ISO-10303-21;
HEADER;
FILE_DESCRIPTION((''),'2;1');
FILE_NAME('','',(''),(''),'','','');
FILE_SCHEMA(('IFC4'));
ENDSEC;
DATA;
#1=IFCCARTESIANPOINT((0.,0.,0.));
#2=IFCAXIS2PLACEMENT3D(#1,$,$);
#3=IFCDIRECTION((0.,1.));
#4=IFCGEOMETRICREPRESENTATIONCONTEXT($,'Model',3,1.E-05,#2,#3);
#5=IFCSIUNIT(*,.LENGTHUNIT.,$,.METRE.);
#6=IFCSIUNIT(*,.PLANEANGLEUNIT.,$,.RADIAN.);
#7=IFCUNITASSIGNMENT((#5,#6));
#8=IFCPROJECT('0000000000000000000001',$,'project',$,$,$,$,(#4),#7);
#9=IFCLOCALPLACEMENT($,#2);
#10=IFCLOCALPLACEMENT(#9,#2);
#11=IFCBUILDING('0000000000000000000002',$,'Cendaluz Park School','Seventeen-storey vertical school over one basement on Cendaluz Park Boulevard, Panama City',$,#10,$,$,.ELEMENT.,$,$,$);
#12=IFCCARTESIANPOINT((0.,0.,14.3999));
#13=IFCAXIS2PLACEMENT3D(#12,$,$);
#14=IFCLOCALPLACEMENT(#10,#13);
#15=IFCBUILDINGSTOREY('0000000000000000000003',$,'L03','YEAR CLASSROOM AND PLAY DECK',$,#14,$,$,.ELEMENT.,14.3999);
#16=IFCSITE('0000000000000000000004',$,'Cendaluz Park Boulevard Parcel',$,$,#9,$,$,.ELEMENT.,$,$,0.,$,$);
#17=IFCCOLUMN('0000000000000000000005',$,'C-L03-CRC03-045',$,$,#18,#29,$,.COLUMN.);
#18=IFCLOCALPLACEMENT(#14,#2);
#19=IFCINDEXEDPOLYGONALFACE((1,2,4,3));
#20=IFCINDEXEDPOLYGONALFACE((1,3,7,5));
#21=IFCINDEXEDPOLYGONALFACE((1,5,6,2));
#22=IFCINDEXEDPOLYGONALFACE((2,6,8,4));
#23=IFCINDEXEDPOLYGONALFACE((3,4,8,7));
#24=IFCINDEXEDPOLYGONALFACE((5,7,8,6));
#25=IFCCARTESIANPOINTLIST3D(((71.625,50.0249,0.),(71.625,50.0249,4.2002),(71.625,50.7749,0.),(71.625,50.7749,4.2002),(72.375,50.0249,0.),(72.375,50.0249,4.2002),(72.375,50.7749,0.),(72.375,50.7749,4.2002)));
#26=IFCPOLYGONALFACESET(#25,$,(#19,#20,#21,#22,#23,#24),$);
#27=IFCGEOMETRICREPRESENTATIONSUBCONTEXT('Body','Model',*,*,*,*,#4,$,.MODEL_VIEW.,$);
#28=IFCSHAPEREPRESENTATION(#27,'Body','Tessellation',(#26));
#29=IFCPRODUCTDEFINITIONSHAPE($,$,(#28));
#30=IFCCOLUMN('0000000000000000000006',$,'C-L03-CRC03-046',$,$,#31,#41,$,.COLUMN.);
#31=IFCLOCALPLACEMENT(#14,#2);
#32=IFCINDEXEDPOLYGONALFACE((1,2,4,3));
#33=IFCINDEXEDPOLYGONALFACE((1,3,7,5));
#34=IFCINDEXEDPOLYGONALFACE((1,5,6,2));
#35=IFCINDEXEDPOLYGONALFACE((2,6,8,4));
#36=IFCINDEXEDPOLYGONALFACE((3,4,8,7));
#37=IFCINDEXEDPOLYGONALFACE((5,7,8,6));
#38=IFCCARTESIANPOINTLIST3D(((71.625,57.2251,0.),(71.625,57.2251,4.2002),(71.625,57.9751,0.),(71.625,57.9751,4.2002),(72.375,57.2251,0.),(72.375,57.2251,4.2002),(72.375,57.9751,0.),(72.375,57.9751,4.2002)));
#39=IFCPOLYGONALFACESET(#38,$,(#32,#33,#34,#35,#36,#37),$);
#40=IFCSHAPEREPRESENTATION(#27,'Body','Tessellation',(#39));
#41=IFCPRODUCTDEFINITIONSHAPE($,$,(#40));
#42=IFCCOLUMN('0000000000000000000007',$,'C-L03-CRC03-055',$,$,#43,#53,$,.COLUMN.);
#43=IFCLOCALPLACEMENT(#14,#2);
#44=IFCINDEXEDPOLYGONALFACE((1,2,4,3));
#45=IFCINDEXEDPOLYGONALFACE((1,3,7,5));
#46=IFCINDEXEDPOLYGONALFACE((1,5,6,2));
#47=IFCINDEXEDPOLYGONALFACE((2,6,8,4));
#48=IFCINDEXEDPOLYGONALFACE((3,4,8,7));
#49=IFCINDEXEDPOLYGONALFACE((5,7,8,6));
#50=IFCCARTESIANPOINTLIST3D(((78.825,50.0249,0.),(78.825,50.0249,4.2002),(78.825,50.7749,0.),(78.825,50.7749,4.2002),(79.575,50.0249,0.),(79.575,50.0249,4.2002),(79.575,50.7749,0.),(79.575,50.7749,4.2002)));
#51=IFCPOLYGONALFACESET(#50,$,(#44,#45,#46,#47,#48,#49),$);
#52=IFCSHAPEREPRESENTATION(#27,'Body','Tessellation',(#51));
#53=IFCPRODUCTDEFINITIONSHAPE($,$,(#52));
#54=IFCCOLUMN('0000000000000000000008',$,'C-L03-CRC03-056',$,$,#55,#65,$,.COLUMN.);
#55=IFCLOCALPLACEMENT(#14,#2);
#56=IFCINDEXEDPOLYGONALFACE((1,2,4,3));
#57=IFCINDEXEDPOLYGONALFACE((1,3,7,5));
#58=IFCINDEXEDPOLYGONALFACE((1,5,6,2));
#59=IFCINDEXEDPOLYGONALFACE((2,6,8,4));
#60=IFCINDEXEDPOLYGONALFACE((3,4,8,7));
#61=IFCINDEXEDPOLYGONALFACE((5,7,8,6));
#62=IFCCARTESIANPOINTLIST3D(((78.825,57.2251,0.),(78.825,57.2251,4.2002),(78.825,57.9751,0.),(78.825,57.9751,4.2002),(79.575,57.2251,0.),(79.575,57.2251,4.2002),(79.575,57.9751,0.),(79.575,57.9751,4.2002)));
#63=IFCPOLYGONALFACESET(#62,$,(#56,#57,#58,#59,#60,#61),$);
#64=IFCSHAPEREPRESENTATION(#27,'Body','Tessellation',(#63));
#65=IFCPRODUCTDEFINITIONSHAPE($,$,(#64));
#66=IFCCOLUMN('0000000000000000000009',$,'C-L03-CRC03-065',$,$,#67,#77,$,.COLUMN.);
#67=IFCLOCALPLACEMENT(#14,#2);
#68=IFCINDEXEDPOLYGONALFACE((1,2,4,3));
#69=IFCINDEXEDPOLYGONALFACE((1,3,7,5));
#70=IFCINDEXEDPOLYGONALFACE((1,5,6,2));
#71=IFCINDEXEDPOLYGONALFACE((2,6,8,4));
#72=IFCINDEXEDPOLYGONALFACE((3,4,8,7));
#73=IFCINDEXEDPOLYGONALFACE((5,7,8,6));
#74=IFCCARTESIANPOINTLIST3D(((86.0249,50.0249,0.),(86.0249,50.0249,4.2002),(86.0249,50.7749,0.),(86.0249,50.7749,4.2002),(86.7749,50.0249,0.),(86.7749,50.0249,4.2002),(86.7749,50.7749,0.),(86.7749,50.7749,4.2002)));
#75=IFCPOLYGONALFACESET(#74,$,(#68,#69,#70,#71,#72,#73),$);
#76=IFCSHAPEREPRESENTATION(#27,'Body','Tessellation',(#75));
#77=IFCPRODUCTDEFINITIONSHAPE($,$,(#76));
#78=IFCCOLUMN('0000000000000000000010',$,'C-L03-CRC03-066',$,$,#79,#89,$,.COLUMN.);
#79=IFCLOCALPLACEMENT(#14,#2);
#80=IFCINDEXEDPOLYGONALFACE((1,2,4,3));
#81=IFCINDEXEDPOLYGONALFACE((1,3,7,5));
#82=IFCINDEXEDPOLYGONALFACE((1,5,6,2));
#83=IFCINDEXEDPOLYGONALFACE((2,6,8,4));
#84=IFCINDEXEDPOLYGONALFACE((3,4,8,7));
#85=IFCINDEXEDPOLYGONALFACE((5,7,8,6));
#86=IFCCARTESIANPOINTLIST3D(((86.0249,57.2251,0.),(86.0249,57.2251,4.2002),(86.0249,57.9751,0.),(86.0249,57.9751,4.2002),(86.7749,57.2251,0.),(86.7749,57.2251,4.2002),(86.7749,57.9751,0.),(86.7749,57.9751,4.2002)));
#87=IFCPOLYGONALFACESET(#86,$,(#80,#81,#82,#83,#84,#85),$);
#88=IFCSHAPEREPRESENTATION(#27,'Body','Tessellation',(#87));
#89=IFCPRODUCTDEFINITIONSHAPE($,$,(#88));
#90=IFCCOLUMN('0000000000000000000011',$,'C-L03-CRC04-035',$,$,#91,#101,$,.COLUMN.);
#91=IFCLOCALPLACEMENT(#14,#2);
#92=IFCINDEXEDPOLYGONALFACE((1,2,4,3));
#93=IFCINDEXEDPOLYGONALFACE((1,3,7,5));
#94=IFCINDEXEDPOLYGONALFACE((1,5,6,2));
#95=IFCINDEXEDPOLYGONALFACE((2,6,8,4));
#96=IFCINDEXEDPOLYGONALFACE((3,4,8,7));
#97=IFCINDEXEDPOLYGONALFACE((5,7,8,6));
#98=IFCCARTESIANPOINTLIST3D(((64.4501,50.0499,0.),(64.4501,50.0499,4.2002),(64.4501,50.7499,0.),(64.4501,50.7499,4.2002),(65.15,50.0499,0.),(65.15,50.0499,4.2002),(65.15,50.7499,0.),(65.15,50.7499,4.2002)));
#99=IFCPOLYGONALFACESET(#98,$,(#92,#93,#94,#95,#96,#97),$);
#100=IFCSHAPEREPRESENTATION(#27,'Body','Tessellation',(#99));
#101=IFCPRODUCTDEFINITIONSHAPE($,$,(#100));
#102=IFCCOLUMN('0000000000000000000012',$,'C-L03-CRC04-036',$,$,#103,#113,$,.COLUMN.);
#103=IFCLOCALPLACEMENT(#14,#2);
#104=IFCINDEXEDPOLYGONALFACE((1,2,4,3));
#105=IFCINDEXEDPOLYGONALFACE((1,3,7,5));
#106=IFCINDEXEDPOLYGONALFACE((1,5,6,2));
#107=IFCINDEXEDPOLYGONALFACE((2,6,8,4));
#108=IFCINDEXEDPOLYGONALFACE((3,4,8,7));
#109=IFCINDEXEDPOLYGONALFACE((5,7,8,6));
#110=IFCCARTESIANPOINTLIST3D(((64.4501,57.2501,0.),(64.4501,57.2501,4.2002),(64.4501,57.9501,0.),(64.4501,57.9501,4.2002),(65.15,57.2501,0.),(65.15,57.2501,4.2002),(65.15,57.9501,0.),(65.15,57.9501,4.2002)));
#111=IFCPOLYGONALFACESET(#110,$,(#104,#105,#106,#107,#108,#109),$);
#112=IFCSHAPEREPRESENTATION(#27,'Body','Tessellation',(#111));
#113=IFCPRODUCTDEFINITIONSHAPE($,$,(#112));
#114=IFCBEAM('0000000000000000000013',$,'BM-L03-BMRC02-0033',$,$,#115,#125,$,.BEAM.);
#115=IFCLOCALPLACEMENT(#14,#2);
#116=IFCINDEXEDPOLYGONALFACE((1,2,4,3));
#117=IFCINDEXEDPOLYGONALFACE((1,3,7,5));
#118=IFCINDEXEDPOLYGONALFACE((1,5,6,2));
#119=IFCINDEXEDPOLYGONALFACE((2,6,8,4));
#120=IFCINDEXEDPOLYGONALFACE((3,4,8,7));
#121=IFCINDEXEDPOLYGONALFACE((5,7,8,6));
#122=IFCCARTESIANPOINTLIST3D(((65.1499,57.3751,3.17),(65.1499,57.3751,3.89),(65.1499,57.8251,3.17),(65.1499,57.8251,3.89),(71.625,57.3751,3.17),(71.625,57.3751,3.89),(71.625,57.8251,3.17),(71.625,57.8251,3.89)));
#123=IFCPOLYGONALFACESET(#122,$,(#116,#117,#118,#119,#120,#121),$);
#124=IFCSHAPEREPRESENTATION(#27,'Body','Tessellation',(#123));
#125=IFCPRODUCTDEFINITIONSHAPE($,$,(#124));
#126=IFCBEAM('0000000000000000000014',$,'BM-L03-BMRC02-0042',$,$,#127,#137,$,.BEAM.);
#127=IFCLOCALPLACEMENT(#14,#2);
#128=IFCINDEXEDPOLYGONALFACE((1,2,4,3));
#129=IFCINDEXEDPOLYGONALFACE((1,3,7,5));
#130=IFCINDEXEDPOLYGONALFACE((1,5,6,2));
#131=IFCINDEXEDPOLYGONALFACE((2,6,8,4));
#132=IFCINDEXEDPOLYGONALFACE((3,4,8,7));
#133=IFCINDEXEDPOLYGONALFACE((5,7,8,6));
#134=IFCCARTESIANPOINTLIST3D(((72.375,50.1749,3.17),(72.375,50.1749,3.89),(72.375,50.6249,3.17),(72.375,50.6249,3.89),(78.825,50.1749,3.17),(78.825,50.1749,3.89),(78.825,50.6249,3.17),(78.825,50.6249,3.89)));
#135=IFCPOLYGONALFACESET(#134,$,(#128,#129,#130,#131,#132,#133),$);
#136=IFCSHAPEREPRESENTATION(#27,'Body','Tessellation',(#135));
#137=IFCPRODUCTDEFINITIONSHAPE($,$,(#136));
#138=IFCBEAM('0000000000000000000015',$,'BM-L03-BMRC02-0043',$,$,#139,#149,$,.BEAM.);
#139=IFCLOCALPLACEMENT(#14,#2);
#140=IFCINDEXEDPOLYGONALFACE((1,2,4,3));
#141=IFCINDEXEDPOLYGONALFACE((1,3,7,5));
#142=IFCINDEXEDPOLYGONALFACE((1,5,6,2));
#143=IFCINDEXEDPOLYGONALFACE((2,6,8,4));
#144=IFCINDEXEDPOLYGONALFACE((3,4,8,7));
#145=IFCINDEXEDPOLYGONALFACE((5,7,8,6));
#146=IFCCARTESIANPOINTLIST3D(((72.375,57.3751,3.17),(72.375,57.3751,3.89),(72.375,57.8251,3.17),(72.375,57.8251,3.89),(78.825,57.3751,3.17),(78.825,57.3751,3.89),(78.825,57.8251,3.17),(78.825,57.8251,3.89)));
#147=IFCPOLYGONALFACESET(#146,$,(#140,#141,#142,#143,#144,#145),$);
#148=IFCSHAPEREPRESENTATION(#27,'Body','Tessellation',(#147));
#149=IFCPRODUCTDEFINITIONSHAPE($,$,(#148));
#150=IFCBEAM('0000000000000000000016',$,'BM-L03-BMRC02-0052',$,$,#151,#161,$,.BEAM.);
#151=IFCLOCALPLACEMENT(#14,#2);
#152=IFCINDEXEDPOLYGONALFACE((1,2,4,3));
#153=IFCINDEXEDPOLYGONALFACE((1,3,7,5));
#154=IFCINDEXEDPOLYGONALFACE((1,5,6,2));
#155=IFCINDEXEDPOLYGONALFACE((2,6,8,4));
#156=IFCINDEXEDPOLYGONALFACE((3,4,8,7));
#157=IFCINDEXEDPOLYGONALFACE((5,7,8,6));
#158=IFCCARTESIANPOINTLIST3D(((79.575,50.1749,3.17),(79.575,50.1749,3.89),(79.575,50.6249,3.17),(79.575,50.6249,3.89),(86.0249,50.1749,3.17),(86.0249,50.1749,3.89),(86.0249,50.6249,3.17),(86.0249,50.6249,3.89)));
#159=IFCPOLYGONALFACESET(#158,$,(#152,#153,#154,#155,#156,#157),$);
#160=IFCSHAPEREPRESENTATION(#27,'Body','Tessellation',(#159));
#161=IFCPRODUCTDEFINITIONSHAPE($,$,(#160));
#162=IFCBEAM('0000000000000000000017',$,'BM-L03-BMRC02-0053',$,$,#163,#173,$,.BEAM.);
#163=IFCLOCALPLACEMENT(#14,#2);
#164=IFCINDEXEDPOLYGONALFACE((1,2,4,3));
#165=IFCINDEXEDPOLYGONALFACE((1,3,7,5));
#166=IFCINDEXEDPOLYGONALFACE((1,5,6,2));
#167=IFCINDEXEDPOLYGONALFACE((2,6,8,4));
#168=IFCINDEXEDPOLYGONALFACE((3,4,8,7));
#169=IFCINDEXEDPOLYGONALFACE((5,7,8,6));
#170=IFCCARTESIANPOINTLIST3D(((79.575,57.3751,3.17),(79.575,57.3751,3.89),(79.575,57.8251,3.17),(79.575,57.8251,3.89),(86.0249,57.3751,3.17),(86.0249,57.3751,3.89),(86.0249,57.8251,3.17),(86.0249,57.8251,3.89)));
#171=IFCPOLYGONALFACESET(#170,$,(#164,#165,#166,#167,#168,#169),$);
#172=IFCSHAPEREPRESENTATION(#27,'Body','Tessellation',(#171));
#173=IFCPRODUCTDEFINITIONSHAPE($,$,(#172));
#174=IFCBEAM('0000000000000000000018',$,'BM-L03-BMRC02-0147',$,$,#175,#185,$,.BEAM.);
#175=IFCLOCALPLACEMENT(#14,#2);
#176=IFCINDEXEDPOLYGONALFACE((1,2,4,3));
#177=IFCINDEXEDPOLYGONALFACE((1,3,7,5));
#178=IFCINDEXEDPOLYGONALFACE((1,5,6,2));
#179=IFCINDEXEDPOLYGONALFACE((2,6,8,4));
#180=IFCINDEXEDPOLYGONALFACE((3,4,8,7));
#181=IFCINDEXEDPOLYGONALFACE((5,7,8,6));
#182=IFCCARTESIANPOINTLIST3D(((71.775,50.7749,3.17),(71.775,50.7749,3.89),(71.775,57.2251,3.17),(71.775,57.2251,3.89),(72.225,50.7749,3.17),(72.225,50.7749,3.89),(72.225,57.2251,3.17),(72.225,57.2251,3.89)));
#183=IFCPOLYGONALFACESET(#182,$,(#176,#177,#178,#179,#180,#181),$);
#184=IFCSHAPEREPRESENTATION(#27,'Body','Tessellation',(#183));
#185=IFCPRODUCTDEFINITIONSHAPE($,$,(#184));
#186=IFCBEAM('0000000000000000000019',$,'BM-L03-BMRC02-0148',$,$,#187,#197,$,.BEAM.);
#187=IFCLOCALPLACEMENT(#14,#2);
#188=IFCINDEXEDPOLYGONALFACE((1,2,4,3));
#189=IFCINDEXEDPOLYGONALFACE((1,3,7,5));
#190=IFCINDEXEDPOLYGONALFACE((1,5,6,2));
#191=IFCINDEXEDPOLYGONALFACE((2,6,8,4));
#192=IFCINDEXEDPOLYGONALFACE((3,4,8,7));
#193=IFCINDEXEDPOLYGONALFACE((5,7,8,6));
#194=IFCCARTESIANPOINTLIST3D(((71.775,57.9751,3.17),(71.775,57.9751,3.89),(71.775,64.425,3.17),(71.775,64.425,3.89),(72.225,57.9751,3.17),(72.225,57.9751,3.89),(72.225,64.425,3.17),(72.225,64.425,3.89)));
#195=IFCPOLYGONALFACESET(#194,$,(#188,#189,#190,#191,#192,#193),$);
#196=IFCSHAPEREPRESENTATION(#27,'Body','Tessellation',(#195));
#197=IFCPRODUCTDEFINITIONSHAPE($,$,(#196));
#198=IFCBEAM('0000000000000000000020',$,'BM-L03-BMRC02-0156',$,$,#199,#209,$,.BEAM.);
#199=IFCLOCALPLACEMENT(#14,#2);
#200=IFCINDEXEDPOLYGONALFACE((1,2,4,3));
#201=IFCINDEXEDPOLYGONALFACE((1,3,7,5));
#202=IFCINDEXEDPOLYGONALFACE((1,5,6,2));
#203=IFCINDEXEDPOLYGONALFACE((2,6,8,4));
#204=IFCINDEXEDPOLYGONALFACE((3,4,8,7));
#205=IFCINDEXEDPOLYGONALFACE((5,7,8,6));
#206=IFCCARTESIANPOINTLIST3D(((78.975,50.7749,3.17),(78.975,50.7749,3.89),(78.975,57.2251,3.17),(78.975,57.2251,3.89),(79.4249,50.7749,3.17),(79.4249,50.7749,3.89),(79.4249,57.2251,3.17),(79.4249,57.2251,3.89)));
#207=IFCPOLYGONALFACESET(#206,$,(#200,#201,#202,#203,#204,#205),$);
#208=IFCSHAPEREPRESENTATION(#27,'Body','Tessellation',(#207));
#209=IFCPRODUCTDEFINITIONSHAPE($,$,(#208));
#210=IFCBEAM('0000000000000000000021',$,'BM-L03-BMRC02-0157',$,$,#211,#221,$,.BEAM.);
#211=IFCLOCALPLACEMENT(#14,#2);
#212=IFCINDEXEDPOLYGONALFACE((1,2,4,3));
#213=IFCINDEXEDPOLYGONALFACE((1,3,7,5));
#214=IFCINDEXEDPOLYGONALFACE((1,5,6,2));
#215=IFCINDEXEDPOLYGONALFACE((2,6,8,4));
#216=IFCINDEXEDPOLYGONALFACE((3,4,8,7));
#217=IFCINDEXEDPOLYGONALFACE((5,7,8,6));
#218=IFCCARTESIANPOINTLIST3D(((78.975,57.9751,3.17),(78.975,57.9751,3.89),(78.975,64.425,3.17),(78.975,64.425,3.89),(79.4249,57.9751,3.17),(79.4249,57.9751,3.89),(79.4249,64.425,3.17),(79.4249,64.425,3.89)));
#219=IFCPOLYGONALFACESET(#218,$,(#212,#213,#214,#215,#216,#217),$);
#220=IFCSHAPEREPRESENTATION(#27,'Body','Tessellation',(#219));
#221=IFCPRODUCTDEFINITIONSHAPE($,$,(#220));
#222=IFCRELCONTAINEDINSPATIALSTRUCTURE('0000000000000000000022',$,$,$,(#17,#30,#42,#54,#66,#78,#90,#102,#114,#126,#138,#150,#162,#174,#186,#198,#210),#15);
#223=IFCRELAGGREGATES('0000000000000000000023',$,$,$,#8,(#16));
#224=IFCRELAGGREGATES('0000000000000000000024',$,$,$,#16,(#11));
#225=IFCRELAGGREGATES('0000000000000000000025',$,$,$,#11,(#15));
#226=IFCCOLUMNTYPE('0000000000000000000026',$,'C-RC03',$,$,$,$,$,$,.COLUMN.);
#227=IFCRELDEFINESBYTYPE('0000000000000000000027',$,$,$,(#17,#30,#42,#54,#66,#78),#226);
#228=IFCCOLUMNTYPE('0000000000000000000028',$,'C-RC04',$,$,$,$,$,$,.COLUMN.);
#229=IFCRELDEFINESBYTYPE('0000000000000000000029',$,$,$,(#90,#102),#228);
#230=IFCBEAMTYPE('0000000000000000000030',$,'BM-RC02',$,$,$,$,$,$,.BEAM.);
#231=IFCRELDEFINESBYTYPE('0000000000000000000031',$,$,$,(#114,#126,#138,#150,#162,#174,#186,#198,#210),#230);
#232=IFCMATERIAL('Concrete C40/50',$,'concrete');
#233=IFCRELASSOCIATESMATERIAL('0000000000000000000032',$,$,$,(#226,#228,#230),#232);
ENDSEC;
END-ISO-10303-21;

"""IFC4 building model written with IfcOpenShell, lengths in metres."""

from ifc_helpers import new_model, si_unit, direction, frame, origin, origin_2d, place, context, subcontext, project, spatial, rectangle, extrude, material, material_profile, profile_set, type_object, element, save


model = new_model("IFC4")

# Units and contexts
model_context = context("Model", 3, precision=1e-05, world=origin(), true_north=direction((0.0, 1.0)))
body_context = subcontext(model_context, "Body", "Model", "MODEL_VIEW")
ifc_project = project(units=[si_unit("LENGTHUNIT", "METRE"), si_unit("PLANEANGLEUNIT", "RADIAN")], contexts=[model_context])

# Site, building, storey
site_placement = place(None, origin())
site = spatial("IfcSite", under=ifc_project, at=site_placement, Name="Cendaluz Park Boulevard Parcel", CompositionType="ELEMENT", RefElevation=0.0)
building_placement = place(site_placement, origin())
building = spatial("IfcBuilding", under=site, at=building_placement, Name="Cendaluz Park School", Description="Seventeen-storey vertical school over one basement on Cendaluz Park Boulevard, Panama City", CompositionType="ELEMENT")
storey_placement = place(building_placement, frame((0.0, 0.0, 14.3999)))
storey = spatial("IfcBuildingStorey", under=building, at=storey_placement, Name="L03", Description="YEAR CLASSROOM AND PLAY DECK", CompositionType="ELEMENT", Elevation=14.3999)

# Columns
ifc_material_1 = material(Name="Concrete C40/50", Category="concrete")
ifc_material_profile_1 = material_profile(ifc_material_1, rectangle(XDim=0.75, YDim=0.75, at=origin_2d()), Name="RC 750x750", Category="concrete")
ifc_profile_set_1 = profile_set([ifc_material_profile_1], Name="Concrete C40/50")
column_type_1 = type_object("IfcColumnType", Name="C-RC03", PredefinedType="COLUMN", material=ifc_profile_set_1)
for number, where, z_axis, x_axis, name in (
    (1, (72.0, 50.3999, 0.0), (0.0, 0.0, 1.0), (1.0, 0.0, 0.0), "C-L03-CRC03-045"),
    (2, (72.0, 57.6001, 0.0), (0.0, 0.0, 1.0), (1.0, 0.0, 0.0), "C-L03-CRC03-046"),
    (3, (79.2, 50.3999, 0.0), (0.0, 0.0, 1.0), (1.0, 0.0, 0.0), "C-L03-CRC03-055"),
    (4, (79.2, 57.6001, 0.0), (0.0, 0.0, 1.0), (1.0, 0.0, 0.0), "C-L03-CRC03-056"),
    (5, (86.3999, 50.3999, 0.0), (0.0, 0.0, 1.0), (1.0, 0.0, 0.0), "C-L03-CRC03-065"),
    (6, (86.3999, 57.6001, 0.0), (0.0, 0.0, 1.0), (1.0, 0.0, 0.0), "C-L03-CRC03-066"),
):
    element("IfcColumn", number, at=place(storey_placement, frame(where, z_axis=z_axis, x_axis=x_axis)), inside=storey, type_object=column_type_1, Name=name, PredefinedType="COLUMN", context=body_context, shape_type="SweptSolid", body=[
        extrude(rectangle(XDim=0.75, YDim=0.75, at=origin_2d()), origin(), (0.0, 0.0, 1.0), 4.2002),
    ])
ifc_material_profile_2 = material_profile(ifc_material_1, rectangle(XDim=0.7, YDim=0.7, at=origin_2d()), Name="RC 700x700", Category="concrete")
ifc_profile_set_2 = profile_set([ifc_material_profile_2], Name="Concrete C40/50")
column_type_2 = type_object("IfcColumnType", Name="C-RC04", PredefinedType="COLUMN", material=ifc_profile_set_2)
for number, where, z_axis, x_axis, name in (
    (7, (64.8, 50.3999, 0.0), (0.0, 0.0, 1.0), (1.0, 0.0, 0.0), "C-L03-CRC04-035"),
    (8, (64.8, 57.6001, 0.0), (0.0, 0.0, 1.0), (1.0, 0.0, 0.0), "C-L03-CRC04-036"),
):
    element("IfcColumn", number, at=place(storey_placement, frame(where, z_axis=z_axis, x_axis=x_axis)), inside=storey, type_object=column_type_2, Name=name, PredefinedType="COLUMN", context=body_context, shape_type="SweptSolid", body=[
        extrude(rectangle(XDim=0.7, YDim=0.7, at=origin_2d()), origin(), (0.0, 0.0, 1.0), 4.2002),
    ])

# Beams
ifc_material_profile_3 = material_profile(ifc_material_1, rectangle(XDim=0.45, YDim=0.72, at=origin_2d()), Name="RC 450x720", Category="concrete")
ifc_profile_set_3 = profile_set([ifc_material_profile_3], Name="Concrete C40/50")
beam_type_1 = type_object("IfcBeamType", Name="BM-RC02", PredefinedType="BEAM", material=ifc_profile_set_3)
beam_1_placement = place(storey_placement, frame((65.1499, 57.6001, 3.53), z_axis=(1.0, 0.0, 0.0), x_axis=(0.0, 1.0, 0.0)))
element("IfcBeam", 9, at=beam_1_placement, inside=storey, type_object=beam_type_1, Name="BM-L03-BMRC02-0033", PredefinedType="BEAM", context=body_context, shape_type="SweptSolid", body=[
    extrude(rectangle(XDim=0.45, YDim=0.72, at=origin_2d()), origin(), (0.0, 0.0, 1.0), 6.4751),
])
for number, where, z_axis, x_axis, name in (
    (10, (72.375, 50.3999, 3.53), (1.0, 0.0, 0.0), (0.0, 1.0, 0.0), "BM-L03-BMRC02-0042"),
    (11, (72.375, 57.6001, 3.53), (1.0, 0.0, 0.0), (0.0, 1.0, 0.0), "BM-L03-BMRC02-0043"),
    (12, (79.575, 50.3999, 3.53), (1.0, 0.0, 0.0), (0.0, 1.0, 0.0), "BM-L03-BMRC02-0052"),
    (13, (79.575, 57.6001, 3.53), (1.0, 0.0, 0.0), (0.0, 1.0, 0.0), "BM-L03-BMRC02-0053"),
):
    element("IfcBeam", number, at=place(storey_placement, frame(where, z_axis=z_axis, x_axis=x_axis)), inside=storey, type_object=beam_type_1, Name=name, PredefinedType="BEAM", context=body_context, shape_type="SweptSolid", body=[
        extrude(rectangle(XDim=0.45, YDim=0.72, at=origin_2d()), origin(), (0.0, 0.0, 1.0), 6.45),
    ])
beam_2_placement = place(storey_placement, frame((72.0, 50.7749, 3.53), z_axis=(0.0, 1.0, 0.0), x_axis=(-1.0, 0.0, 0.0)))
element("IfcBeam", 14, at=beam_2_placement, inside=storey, type_object=beam_type_1, Name="BM-L03-BMRC02-0147", PredefinedType="BEAM", context=body_context, shape_type="SweptSolid", body=[
    extrude(rectangle(XDim=0.45, YDim=0.72, at=origin_2d()), origin(), (0.0, 0.0, 1.0), 6.4502),
])
beam_3_placement = place(storey_placement, frame((72.0, 57.9751, 3.53), z_axis=(0.0, 1.0, 0.0), x_axis=(-1.0, 0.0, 0.0)))
element("IfcBeam", 15, at=beam_3_placement, inside=storey, type_object=beam_type_1, Name="BM-L03-BMRC02-0148", PredefinedType="BEAM", context=body_context, shape_type="SweptSolid", body=[
    extrude(rectangle(XDim=0.45, YDim=0.72, at=origin_2d()), origin(), (0.0, 0.0, 1.0), 6.45),
])
beam_4_placement = place(storey_placement, frame((79.2, 50.7749, 3.53), z_axis=(0.0, 1.0, 0.0), x_axis=(-1.0, 0.0, 0.0)))
element("IfcBeam", 16, at=beam_4_placement, inside=storey, type_object=beam_type_1, Name="BM-L03-BMRC02-0156", PredefinedType="BEAM", context=body_context, shape_type="SweptSolid", body=[
    extrude(rectangle(XDim=0.45, YDim=0.72, at=origin_2d()), origin(), (0.0, 0.0, 1.0), 6.4502),
])
beam_5_placement = place(storey_placement, frame((79.2, 57.9751, 3.53), z_axis=(0.0, 1.0, 0.0), x_axis=(-1.0, 0.0, 0.0)))
element("IfcBeam", 17, at=beam_5_placement, inside=storey, type_object=beam_type_1, Name="BM-L03-BMRC02-0157", PredefinedType="BEAM", context=body_context, shape_type="SweptSolid", body=[
    extrude(rectangle(XDim=0.45, YDim=0.72, at=origin_2d()), origin(), (0.0, 0.0, 1.0), 6.45),
])

save(model, "model.ifc")
